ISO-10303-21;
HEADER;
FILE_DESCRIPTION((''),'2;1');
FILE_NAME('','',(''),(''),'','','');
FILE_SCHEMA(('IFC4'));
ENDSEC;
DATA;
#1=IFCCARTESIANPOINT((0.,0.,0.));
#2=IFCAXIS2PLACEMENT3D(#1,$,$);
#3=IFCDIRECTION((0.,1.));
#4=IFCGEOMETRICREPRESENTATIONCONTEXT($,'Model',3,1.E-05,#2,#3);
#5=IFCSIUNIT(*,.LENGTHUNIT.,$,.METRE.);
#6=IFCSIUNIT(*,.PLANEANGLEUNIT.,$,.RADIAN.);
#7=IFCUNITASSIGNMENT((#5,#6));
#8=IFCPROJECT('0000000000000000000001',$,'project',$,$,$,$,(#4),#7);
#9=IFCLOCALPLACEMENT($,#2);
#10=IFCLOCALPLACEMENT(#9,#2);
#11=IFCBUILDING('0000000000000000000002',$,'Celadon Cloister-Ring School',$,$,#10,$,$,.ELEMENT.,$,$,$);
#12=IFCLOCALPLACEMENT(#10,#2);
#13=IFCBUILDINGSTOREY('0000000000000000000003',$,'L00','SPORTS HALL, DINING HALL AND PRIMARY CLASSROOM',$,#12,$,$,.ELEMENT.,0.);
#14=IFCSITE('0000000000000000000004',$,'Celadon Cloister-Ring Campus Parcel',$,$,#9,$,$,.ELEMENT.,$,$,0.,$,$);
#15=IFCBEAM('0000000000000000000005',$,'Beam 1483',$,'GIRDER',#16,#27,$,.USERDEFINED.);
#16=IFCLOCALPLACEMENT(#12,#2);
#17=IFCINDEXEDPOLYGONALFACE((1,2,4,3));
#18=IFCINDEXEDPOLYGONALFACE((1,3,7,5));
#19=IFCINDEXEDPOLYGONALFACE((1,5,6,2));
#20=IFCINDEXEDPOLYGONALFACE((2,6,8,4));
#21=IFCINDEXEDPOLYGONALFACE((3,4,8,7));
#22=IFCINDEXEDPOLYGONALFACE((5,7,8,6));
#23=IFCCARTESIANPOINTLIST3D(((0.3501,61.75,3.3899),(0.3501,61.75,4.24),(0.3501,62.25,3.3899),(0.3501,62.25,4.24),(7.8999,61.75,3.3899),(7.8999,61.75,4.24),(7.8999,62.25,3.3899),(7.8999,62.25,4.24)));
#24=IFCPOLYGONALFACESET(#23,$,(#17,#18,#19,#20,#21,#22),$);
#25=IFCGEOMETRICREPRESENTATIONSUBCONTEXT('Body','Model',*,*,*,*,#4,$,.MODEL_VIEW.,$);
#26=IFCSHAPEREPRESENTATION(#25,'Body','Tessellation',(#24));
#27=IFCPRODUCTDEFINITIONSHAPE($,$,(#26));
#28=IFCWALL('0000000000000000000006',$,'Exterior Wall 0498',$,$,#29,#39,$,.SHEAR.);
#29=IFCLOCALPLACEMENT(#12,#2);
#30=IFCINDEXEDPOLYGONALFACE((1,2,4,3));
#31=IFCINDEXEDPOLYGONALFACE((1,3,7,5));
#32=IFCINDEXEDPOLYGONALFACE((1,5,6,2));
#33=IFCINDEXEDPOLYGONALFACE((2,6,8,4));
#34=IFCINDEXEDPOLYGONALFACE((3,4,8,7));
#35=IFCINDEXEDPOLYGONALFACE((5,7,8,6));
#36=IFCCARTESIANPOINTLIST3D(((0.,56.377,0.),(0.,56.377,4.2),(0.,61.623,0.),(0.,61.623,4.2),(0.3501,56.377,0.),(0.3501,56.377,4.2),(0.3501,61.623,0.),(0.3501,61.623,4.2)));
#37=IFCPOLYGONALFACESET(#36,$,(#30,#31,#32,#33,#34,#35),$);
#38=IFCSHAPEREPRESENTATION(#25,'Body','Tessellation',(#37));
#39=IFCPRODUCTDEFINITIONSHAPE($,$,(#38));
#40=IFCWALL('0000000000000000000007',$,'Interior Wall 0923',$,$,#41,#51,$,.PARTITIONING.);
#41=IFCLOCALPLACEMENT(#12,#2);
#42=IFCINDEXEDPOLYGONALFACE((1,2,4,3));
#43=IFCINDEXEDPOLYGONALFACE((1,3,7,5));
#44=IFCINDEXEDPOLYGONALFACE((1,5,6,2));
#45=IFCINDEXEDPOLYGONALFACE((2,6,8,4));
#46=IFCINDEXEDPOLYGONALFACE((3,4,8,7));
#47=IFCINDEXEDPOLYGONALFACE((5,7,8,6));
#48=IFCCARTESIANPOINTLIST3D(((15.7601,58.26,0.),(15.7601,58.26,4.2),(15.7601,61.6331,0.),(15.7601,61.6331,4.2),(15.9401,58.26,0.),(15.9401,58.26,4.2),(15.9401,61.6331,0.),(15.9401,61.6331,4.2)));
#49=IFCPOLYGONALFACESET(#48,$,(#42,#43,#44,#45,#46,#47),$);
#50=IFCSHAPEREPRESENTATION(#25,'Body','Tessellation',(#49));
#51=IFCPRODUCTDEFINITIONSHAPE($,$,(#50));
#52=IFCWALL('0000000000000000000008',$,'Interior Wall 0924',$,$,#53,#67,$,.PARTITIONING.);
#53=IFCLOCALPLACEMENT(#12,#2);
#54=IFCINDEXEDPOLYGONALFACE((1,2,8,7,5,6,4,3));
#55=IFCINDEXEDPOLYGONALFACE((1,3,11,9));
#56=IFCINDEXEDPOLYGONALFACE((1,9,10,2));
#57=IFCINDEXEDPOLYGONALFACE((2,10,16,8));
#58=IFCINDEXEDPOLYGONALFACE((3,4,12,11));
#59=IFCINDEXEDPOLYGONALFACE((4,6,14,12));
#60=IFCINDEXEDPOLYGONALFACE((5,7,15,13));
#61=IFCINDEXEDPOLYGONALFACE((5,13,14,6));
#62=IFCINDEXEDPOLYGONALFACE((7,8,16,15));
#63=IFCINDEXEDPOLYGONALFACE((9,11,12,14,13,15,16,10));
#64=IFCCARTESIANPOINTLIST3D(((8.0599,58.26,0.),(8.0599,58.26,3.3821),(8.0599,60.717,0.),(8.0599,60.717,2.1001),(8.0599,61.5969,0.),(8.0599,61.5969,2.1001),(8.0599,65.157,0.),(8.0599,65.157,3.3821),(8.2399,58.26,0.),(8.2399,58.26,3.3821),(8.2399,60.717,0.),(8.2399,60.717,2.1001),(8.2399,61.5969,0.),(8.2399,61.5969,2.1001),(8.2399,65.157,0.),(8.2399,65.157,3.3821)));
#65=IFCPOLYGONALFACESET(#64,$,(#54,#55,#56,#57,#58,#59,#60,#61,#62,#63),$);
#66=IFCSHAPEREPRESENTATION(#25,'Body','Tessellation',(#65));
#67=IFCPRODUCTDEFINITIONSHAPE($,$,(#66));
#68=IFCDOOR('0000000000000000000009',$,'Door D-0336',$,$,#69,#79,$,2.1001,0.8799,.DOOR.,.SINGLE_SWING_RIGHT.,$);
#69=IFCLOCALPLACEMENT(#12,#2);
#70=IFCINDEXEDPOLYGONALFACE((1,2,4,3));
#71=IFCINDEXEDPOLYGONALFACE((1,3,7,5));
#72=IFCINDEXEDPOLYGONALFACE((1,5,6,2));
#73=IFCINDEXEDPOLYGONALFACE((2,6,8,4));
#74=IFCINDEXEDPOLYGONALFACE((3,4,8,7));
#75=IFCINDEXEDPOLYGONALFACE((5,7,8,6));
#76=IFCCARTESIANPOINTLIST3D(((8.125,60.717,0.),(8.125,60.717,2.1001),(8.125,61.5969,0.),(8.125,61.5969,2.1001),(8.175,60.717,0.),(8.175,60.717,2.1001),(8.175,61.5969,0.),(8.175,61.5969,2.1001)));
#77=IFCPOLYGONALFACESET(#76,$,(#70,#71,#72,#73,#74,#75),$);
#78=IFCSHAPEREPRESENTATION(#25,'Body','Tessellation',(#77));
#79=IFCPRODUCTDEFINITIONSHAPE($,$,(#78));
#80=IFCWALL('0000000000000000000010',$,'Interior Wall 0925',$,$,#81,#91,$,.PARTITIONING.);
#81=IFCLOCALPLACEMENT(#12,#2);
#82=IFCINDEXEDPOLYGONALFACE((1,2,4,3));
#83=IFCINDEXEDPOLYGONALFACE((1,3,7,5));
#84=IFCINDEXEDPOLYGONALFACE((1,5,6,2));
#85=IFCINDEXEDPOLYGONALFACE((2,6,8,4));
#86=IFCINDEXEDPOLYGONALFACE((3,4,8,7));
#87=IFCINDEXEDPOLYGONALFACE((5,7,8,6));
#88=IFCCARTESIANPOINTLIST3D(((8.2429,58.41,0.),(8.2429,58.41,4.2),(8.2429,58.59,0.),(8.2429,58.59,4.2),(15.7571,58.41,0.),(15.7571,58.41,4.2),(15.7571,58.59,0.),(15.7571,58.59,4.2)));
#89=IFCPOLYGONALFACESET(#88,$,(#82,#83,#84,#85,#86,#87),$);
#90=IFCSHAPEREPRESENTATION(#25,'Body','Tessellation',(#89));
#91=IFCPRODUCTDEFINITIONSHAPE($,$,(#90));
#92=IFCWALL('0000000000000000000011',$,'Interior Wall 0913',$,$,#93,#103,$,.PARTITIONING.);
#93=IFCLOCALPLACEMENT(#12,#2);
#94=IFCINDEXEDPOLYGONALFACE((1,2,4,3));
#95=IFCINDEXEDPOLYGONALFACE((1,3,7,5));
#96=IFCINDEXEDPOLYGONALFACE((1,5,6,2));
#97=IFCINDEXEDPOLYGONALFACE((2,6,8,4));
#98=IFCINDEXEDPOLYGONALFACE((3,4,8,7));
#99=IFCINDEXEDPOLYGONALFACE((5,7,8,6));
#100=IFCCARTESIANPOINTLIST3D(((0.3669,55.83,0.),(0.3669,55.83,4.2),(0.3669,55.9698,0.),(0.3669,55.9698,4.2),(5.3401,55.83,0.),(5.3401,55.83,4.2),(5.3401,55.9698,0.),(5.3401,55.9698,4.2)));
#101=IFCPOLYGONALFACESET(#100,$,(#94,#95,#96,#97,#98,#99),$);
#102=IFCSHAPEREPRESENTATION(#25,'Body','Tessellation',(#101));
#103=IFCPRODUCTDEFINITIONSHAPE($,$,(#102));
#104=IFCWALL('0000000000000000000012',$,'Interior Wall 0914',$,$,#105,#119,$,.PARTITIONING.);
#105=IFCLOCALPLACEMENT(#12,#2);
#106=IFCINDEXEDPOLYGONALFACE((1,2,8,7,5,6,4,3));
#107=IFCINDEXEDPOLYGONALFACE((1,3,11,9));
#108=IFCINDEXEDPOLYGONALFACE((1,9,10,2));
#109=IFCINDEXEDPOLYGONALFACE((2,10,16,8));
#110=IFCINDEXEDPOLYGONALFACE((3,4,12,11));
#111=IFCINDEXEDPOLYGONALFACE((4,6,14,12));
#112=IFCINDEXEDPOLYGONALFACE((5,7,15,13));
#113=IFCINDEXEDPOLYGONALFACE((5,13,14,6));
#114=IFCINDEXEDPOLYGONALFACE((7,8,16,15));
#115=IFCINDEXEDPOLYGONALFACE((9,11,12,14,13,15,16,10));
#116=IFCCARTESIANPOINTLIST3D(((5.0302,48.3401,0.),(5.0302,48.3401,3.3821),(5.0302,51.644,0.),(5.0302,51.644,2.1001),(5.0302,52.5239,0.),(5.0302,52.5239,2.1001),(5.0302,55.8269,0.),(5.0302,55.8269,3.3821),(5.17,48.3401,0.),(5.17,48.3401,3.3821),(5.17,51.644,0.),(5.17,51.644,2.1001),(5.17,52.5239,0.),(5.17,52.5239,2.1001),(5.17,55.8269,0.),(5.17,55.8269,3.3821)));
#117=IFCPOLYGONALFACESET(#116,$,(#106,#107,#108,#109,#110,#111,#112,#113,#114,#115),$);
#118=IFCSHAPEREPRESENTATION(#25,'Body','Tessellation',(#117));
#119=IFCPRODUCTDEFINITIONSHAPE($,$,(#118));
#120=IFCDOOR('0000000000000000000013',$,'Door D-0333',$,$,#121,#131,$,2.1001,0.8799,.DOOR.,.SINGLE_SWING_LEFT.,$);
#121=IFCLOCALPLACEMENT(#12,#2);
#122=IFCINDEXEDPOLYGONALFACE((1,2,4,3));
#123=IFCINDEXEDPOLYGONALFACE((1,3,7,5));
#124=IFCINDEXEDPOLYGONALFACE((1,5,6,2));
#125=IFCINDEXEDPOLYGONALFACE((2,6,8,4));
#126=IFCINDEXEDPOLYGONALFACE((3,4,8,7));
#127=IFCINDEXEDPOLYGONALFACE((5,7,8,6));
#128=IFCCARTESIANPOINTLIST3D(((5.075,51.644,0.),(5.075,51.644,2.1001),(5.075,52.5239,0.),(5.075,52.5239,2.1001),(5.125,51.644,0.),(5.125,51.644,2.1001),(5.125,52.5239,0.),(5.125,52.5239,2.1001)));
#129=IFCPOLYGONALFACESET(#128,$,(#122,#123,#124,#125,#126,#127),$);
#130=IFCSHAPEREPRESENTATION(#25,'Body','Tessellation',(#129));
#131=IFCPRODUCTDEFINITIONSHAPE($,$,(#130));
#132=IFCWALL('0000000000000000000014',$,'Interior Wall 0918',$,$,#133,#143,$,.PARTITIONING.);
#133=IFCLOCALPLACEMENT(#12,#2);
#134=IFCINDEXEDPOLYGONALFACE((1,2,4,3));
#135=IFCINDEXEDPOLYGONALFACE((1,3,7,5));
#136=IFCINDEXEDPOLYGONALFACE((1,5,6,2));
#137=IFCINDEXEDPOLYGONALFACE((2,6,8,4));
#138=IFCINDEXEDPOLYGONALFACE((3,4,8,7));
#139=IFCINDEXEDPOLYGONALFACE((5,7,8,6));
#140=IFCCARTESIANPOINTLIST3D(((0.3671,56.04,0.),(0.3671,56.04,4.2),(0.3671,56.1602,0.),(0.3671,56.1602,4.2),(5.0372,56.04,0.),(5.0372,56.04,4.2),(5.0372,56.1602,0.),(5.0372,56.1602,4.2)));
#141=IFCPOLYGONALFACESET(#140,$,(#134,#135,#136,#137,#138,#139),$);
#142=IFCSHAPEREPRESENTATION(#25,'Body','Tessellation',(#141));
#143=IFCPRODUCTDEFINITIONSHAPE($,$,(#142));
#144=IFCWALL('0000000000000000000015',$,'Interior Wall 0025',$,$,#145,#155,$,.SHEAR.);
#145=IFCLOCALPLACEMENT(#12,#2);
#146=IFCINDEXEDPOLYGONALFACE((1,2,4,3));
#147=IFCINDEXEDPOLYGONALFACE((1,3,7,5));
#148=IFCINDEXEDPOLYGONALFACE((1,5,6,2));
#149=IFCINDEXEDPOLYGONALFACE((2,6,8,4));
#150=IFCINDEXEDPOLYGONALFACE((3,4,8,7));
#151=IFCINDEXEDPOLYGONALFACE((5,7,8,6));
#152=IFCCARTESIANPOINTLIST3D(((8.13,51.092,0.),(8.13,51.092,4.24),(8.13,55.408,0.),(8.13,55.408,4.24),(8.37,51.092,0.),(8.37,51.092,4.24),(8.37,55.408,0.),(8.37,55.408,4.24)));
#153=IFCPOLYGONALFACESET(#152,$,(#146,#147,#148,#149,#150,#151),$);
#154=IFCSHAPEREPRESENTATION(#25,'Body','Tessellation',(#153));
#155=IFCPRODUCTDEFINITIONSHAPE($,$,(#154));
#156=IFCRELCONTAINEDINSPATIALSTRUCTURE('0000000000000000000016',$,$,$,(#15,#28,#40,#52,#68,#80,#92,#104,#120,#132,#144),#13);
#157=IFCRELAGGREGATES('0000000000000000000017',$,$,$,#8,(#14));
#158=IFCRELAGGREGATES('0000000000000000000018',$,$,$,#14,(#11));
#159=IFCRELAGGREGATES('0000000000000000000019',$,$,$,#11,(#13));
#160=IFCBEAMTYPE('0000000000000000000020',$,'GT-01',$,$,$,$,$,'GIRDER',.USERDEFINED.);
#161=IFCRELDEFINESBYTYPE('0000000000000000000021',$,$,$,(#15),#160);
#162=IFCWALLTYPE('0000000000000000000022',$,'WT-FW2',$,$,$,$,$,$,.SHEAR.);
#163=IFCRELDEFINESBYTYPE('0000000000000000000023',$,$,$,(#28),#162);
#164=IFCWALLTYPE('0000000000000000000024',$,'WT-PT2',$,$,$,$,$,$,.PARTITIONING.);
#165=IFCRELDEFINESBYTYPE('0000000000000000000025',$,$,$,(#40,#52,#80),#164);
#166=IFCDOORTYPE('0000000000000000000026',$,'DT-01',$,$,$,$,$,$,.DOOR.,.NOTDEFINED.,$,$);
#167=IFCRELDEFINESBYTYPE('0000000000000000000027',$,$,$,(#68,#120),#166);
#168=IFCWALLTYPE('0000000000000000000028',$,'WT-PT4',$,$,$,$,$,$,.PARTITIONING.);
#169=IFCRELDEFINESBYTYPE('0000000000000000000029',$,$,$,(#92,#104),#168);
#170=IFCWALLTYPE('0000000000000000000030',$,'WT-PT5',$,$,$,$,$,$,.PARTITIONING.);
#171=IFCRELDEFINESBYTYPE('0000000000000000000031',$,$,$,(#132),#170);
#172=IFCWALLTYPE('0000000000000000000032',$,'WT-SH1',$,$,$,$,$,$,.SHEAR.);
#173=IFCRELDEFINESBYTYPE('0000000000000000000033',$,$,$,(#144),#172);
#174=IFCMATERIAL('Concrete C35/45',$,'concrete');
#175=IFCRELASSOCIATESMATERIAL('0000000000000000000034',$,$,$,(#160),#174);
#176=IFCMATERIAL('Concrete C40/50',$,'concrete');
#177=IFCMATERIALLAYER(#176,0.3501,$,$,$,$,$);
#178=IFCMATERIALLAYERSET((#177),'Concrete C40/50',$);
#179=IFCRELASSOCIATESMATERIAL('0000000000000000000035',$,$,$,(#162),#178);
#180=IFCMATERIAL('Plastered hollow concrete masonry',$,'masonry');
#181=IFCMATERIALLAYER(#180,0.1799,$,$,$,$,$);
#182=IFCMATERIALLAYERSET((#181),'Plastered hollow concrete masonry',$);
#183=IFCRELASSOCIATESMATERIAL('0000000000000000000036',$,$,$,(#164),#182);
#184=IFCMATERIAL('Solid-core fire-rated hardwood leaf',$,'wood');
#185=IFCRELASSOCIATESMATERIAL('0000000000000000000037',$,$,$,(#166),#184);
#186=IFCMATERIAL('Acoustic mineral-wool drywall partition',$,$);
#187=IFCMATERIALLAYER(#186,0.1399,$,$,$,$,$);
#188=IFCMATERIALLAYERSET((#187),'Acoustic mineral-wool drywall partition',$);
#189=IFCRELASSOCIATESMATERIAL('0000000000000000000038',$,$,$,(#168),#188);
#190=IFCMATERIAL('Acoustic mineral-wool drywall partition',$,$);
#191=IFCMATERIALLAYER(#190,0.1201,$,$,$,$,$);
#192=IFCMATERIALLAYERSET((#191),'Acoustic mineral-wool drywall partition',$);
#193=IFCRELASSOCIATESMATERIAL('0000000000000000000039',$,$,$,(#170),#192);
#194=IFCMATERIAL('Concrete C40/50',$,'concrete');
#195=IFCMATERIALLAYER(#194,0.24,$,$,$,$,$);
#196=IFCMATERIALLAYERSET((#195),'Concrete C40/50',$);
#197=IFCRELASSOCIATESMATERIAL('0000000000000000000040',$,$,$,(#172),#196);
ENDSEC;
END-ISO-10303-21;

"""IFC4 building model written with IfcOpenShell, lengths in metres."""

from ifc_helpers import new_model, si_unit, direction, frame, frame_2d, origin, origin_2d, place, context, subcontext, project, spatial, rectangle, extrude, material, layer, layer_set, material_profile, profile_set, type_object, element, fill, save


model = new_model("IFC4")

# Units and contexts
model_context = context("Model", 3, precision=1e-05, world=origin(), true_north=direction((0.0, 1.0)))
body_context = subcontext(model_context, "Body", "Model", "MODEL_VIEW")
ifc_project = project(units=[si_unit("LENGTHUNIT", "METRE"), si_unit("PLANEANGLEUNIT", "RADIAN")], contexts=[model_context])

# Site, building, storey
site_placement = place(None, origin())
site = spatial("IfcSite", under=ifc_project, at=site_placement, Name="Celadon Cloister-Ring Campus Parcel", CompositionType="ELEMENT", RefElevation=0.0)
building_placement = place(site_placement, origin())
building = spatial("IfcBuilding", under=site, at=building_placement, Name="Celadon Cloister-Ring School", CompositionType="ELEMENT")
storey_placement = place(building_placement, origin())
storey = spatial("IfcBuildingStorey", under=building, at=storey_placement, Name="L00", Description="SPORTS HALL, DINING HALL AND PRIMARY CLASSROOM", CompositionType="ELEMENT", Elevation=0.0)

# Beam
ifc_material_1 = material(Name="Concrete C35/45", Category="concrete")
ifc_material_profile_1 = material_profile(ifc_material_1, rectangle(XDim=0.5, YDim=0.8501, at=origin_2d()), Name="RC500X850")
ifc_profile_set_1 = profile_set([ifc_material_profile_1], Name="Concrete C35/45")
beam_type_1 = type_object("IfcBeamType", Name="GT-01", ElementType="GIRDER", PredefinedType="USERDEFINED", material=ifc_profile_set_1)
beam_1_placement = place(storey_placement, frame((0.3501, 62.0, 3.8149), z_axis=(1.0, 0.0, 0.0), x_axis=(0.0, 1.0, 0.0)))
element("IfcBeam", 1, at=beam_1_placement, inside=storey, type_object=beam_type_1, Name="Beam 1483", ObjectType="GIRDER", PredefinedType="USERDEFINED", context=body_context, shape_type="SweptSolid", body=[
    extrude(rectangle(XDim=0.5, YDim=0.8501, at=origin_2d()), origin(), (0.0, 0.0, 1.0), 7.5498),
])

# Walls
ifc_material_2 = material(Name="Concrete C40/50", Category="concrete")
ifc_layer_1 = layer(ifc_material_2, 0.3501)
ifc_layer_set_1 = layer_set([ifc_layer_1], Name="Concrete C40/50")
wall_type_1 = type_object("IfcWallType", Name="WT-FW2", PredefinedType="SHEAR", material=ifc_layer_set_1)
wall_1_placement = place(storey_placement, frame((0.175, 56.377, 0.0), z_axis=(0.0, 0.0, 1.0), x_axis=(0.0, 1.0, 0.0)))
element("IfcWall", 2, at=wall_1_placement, inside=storey, type_object=wall_type_1, Name="Exterior Wall 0498", PredefinedType="SHEAR", context=body_context, shape_type="SweptSolid", body=[
    extrude(rectangle(XDim=5.2461, YDim=0.3501, at=frame_2d((2.623, 0.0))), origin(), (0.0, 0.0, 1.0), 4.2),
])
ifc_material_3 = material(Name="Plastered hollow concrete masonry", Category="masonry")
ifc_layer_2 = layer(ifc_material_3, 0.1799)
ifc_layer_set_2 = layer_set([ifc_layer_2], Name="Plastered hollow concrete masonry")
wall_type_2 = type_object("IfcWallType", Name="WT-PT2", PredefinedType="PARTITIONING", material=ifc_layer_set_2)
wall_2_placement = place(storey_placement, frame((15.8501, 61.6331, 0.0), z_axis=(0.0, 0.0, 1.0), x_axis=(0.0, -1.0, 0.0)))
element("IfcWall", 3, at=wall_2_placement, inside=storey, type_object=wall_type_2, Name="Interior Wall 0923", PredefinedType="PARTITIONING", context=body_context, shape_type="SweptSolid", body=[
    extrude(rectangle(XDim=3.373, YDim=0.1799, at=frame_2d((1.6865, 0.0))), origin(), (0.0, 0.0, 1.0), 4.2),
])

# Wall, opening, door
wall_3_placement = place(storey_placement, frame((8.1499, 58.26, 0.0), z_axis=(0.0, 0.0, 1.0), x_axis=(0.0, 1.0, 0.0)))
wall_3 = element("IfcWall", 4, at=wall_3_placement, inside=storey, type_object=wall_type_2, Name="Interior Wall 0924", PredefinedType="PARTITIONING", context=body_context, shape_type="SweptSolid", body=[
    extrude(rectangle(XDim=6.897, YDim=0.1799, at=frame_2d((3.4485, 0.0))), origin(), (0.0, 0.0, 1.0), 3.3821),
])
opening_1_placement = place(wall_3_placement, frame((2.457, 0.0, 0.0)))
opening_1 = element("IfcOpeningElement", 5, at=opening_1_placement, cuts=wall_3, PredefinedType="OPENING", context=body_context, shape_type="SweptSolid", body=[
    extrude(rectangle(XDim=0.8799, YDim=2.1001, at=frame_2d((0.4399, 1.05))), frame((0.0, 0.1001, 0.0), z_axis=(0.0, -1.0, 0.0), x_axis=(1.0, 0.0, 0.0)), (0.0, 0.0, 1.0), 0.2),
])
ifc_material_4 = material(Name="Solid-core fire-rated hardwood leaf", Category="wood")
door_type = type_object("IfcDoorType", Name="DT-01", OperationType="NOTDEFINED", PredefinedType="DOOR", material=ifc_material_4)
door_1_placement = place(opening_1_placement, origin())
door_1 = element("IfcDoor", 6, at=door_1_placement, inside=storey, type_object=door_type, Name="Door D-0336", OperationType="SINGLE_SWING_RIGHT", OverallHeight=2.1001, OverallWidth=0.8799, PredefinedType="DOOR", context=body_context, shape_type="SweptSolid", body=[
    extrude(rectangle(XDim=0.8799, YDim=2.1001, at=frame_2d((0.4399, 1.05))), frame((0.0, 0.0249, 0.0), z_axis=(0.0, -1.0, 0.0), x_axis=(1.0, 0.0, 0.0)), (0.0, 0.0, 1.0), 0.05),
])
fill(opening_1, door_1)

# Walls
wall_4_placement = place(storey_placement, frame((15.7571, 58.5, 0.0), z_axis=(0.0, 0.0, 1.0), x_axis=(-1.0, 0.0, 0.0)))
element("IfcWall", 7, at=wall_4_placement, inside=storey, type_object=wall_type_2, Name="Interior Wall 0925", PredefinedType="PARTITIONING", context=body_context, shape_type="SweptSolid", body=[
    extrude(rectangle(XDim=7.5142, YDim=0.1799, at=frame_2d((3.7571, 0.0))), origin(), (0.0, 0.0, 1.0), 4.2),
])
ifc_material_5 = material(Name="Acoustic mineral-wool drywall partition")
ifc_layer_3 = layer(ifc_material_5, 0.1399)
ifc_layer_set_3 = layer_set([ifc_layer_3], Name="Acoustic mineral-wool drywall partition")
wall_type_3 = type_object("IfcWallType", Name="WT-PT4", PredefinedType="PARTITIONING", material=ifc_layer_set_3)
wall_5_placement = place(storey_placement, frame((0.3669, 55.8999, 0.0), z_axis=(0.0, 0.0, 1.0), x_axis=(1.0, 0.0, 0.0)))
element("IfcWall", 8, at=wall_5_placement, inside=storey, type_object=wall_type_3, Name="Interior Wall 0913", PredefinedType="PARTITIONING", context=body_context, shape_type="SweptSolid", body=[
    extrude(rectangle(XDim=4.9731, YDim=0.1399, at=frame_2d((2.4866, 0.0))), origin(), (0.0, 0.0, 1.0), 4.2),
])

# Wall, opening, door
wall_6_placement = place(storey_placement, frame((5.1001, 55.8269, 0.0), z_axis=(0.0, 0.0, 1.0), x_axis=(0.0, -1.0, 0.0)))
wall_6 = element("IfcWall", 9, at=wall_6_placement, inside=storey, type_object=wall_type_3, Name="Interior Wall 0914", PredefinedType="PARTITIONING", context=body_context, shape_type="SweptSolid", body=[
    extrude(rectangle(XDim=7.4868, YDim=0.1399, at=frame_2d((3.7434, 0.0))), origin(), (0.0, 0.0, 1.0), 3.3821),
])
opening_2_placement = place(wall_6_placement, frame((3.303, 0.0, 0.0)))
opening_2 = element("IfcOpeningElement", 10, at=opening_2_placement, cuts=wall_6, PredefinedType="OPENING", context=body_context, shape_type="SweptSolid", body=[
    extrude(rectangle(XDim=0.8799, YDim=2.1001, at=frame_2d((0.4399, 1.05))), frame((0.0, 0.0801, 0.0), z_axis=(0.0, -1.0, 0.0), x_axis=(1.0, 0.0, 0.0)), (0.0, 0.0, 1.0), 0.1599),
])
door_2_placement = place(opening_2_placement, origin())
door_2 = element("IfcDoor", 11, at=door_2_placement, inside=storey, type_object=door_type, Name="Door D-0333", OperationType="SINGLE_SWING_LEFT", OverallHeight=2.1001, OverallWidth=0.8799, PredefinedType="DOOR", context=body_context, shape_type="SweptSolid", body=[
    extrude(rectangle(XDim=0.8799, YDim=2.1001, at=frame_2d((0.4399, 1.05))), frame((0.0, 0.0249, 0.0), z_axis=(0.0, -1.0, 0.0), x_axis=(1.0, 0.0, 0.0)), (0.0, 0.0, 1.0), 0.05),
])
fill(opening_2, door_2)

# Walls
ifc_material_6 = material(Name="Acoustic mineral-wool drywall partition")
ifc_layer_4 = layer(ifc_material_6, 0.1201)
ifc_layer_set_4 = layer_set([ifc_layer_4], Name="Acoustic mineral-wool drywall partition")
wall_type_4 = type_object("IfcWallType", Name="WT-PT5", PredefinedType="PARTITIONING", material=ifc_layer_set_4)
wall_7_placement = place(storey_placement, frame((5.0371, 56.1001, 0.0), z_axis=(0.0, 0.0, 1.0), x_axis=(-1.0, 0.0, 0.0)))
element("IfcWall", 12, at=wall_7_placement, inside=storey, type_object=wall_type_4, Name="Interior Wall 0918", PredefinedType="PARTITIONING", context=body_context, shape_type="SweptSolid", body=[
    extrude(rectangle(XDim=4.6702, YDim=0.1201, at=frame_2d((2.335, 0.0))), origin(), (0.0, 0.0, 1.0), 4.2),
])
ifc_material_7 = material(Name="Concrete C40/50", Category="concrete")
ifc_layer_5 = layer(ifc_material_7, 0.24)
ifc_layer_set_5 = layer_set([ifc_layer_5], Name="Concrete C40/50")
wall_type_5 = type_object("IfcWallType", Name="WT-SH1", PredefinedType="SHEAR", material=ifc_layer_set_5)
wall_8_placement = place(storey_placement, frame((8.25, 51.092, 0.0), z_axis=(0.0, 0.0, 1.0), x_axis=(0.0, 1.0, 0.0)))
element("IfcWall", 13, at=wall_8_placement, inside=storey, type_object=wall_type_5, Name="Interior Wall 0025", PredefinedType="SHEAR", context=body_context, shape_type="SweptSolid", body=[
    extrude(rectangle(XDim=4.3159, YDim=0.24, at=frame_2d((2.158, 0.0))), origin(), (0.0, 0.0, 1.0), 4.24),
])

save(model, "model.ifc")
